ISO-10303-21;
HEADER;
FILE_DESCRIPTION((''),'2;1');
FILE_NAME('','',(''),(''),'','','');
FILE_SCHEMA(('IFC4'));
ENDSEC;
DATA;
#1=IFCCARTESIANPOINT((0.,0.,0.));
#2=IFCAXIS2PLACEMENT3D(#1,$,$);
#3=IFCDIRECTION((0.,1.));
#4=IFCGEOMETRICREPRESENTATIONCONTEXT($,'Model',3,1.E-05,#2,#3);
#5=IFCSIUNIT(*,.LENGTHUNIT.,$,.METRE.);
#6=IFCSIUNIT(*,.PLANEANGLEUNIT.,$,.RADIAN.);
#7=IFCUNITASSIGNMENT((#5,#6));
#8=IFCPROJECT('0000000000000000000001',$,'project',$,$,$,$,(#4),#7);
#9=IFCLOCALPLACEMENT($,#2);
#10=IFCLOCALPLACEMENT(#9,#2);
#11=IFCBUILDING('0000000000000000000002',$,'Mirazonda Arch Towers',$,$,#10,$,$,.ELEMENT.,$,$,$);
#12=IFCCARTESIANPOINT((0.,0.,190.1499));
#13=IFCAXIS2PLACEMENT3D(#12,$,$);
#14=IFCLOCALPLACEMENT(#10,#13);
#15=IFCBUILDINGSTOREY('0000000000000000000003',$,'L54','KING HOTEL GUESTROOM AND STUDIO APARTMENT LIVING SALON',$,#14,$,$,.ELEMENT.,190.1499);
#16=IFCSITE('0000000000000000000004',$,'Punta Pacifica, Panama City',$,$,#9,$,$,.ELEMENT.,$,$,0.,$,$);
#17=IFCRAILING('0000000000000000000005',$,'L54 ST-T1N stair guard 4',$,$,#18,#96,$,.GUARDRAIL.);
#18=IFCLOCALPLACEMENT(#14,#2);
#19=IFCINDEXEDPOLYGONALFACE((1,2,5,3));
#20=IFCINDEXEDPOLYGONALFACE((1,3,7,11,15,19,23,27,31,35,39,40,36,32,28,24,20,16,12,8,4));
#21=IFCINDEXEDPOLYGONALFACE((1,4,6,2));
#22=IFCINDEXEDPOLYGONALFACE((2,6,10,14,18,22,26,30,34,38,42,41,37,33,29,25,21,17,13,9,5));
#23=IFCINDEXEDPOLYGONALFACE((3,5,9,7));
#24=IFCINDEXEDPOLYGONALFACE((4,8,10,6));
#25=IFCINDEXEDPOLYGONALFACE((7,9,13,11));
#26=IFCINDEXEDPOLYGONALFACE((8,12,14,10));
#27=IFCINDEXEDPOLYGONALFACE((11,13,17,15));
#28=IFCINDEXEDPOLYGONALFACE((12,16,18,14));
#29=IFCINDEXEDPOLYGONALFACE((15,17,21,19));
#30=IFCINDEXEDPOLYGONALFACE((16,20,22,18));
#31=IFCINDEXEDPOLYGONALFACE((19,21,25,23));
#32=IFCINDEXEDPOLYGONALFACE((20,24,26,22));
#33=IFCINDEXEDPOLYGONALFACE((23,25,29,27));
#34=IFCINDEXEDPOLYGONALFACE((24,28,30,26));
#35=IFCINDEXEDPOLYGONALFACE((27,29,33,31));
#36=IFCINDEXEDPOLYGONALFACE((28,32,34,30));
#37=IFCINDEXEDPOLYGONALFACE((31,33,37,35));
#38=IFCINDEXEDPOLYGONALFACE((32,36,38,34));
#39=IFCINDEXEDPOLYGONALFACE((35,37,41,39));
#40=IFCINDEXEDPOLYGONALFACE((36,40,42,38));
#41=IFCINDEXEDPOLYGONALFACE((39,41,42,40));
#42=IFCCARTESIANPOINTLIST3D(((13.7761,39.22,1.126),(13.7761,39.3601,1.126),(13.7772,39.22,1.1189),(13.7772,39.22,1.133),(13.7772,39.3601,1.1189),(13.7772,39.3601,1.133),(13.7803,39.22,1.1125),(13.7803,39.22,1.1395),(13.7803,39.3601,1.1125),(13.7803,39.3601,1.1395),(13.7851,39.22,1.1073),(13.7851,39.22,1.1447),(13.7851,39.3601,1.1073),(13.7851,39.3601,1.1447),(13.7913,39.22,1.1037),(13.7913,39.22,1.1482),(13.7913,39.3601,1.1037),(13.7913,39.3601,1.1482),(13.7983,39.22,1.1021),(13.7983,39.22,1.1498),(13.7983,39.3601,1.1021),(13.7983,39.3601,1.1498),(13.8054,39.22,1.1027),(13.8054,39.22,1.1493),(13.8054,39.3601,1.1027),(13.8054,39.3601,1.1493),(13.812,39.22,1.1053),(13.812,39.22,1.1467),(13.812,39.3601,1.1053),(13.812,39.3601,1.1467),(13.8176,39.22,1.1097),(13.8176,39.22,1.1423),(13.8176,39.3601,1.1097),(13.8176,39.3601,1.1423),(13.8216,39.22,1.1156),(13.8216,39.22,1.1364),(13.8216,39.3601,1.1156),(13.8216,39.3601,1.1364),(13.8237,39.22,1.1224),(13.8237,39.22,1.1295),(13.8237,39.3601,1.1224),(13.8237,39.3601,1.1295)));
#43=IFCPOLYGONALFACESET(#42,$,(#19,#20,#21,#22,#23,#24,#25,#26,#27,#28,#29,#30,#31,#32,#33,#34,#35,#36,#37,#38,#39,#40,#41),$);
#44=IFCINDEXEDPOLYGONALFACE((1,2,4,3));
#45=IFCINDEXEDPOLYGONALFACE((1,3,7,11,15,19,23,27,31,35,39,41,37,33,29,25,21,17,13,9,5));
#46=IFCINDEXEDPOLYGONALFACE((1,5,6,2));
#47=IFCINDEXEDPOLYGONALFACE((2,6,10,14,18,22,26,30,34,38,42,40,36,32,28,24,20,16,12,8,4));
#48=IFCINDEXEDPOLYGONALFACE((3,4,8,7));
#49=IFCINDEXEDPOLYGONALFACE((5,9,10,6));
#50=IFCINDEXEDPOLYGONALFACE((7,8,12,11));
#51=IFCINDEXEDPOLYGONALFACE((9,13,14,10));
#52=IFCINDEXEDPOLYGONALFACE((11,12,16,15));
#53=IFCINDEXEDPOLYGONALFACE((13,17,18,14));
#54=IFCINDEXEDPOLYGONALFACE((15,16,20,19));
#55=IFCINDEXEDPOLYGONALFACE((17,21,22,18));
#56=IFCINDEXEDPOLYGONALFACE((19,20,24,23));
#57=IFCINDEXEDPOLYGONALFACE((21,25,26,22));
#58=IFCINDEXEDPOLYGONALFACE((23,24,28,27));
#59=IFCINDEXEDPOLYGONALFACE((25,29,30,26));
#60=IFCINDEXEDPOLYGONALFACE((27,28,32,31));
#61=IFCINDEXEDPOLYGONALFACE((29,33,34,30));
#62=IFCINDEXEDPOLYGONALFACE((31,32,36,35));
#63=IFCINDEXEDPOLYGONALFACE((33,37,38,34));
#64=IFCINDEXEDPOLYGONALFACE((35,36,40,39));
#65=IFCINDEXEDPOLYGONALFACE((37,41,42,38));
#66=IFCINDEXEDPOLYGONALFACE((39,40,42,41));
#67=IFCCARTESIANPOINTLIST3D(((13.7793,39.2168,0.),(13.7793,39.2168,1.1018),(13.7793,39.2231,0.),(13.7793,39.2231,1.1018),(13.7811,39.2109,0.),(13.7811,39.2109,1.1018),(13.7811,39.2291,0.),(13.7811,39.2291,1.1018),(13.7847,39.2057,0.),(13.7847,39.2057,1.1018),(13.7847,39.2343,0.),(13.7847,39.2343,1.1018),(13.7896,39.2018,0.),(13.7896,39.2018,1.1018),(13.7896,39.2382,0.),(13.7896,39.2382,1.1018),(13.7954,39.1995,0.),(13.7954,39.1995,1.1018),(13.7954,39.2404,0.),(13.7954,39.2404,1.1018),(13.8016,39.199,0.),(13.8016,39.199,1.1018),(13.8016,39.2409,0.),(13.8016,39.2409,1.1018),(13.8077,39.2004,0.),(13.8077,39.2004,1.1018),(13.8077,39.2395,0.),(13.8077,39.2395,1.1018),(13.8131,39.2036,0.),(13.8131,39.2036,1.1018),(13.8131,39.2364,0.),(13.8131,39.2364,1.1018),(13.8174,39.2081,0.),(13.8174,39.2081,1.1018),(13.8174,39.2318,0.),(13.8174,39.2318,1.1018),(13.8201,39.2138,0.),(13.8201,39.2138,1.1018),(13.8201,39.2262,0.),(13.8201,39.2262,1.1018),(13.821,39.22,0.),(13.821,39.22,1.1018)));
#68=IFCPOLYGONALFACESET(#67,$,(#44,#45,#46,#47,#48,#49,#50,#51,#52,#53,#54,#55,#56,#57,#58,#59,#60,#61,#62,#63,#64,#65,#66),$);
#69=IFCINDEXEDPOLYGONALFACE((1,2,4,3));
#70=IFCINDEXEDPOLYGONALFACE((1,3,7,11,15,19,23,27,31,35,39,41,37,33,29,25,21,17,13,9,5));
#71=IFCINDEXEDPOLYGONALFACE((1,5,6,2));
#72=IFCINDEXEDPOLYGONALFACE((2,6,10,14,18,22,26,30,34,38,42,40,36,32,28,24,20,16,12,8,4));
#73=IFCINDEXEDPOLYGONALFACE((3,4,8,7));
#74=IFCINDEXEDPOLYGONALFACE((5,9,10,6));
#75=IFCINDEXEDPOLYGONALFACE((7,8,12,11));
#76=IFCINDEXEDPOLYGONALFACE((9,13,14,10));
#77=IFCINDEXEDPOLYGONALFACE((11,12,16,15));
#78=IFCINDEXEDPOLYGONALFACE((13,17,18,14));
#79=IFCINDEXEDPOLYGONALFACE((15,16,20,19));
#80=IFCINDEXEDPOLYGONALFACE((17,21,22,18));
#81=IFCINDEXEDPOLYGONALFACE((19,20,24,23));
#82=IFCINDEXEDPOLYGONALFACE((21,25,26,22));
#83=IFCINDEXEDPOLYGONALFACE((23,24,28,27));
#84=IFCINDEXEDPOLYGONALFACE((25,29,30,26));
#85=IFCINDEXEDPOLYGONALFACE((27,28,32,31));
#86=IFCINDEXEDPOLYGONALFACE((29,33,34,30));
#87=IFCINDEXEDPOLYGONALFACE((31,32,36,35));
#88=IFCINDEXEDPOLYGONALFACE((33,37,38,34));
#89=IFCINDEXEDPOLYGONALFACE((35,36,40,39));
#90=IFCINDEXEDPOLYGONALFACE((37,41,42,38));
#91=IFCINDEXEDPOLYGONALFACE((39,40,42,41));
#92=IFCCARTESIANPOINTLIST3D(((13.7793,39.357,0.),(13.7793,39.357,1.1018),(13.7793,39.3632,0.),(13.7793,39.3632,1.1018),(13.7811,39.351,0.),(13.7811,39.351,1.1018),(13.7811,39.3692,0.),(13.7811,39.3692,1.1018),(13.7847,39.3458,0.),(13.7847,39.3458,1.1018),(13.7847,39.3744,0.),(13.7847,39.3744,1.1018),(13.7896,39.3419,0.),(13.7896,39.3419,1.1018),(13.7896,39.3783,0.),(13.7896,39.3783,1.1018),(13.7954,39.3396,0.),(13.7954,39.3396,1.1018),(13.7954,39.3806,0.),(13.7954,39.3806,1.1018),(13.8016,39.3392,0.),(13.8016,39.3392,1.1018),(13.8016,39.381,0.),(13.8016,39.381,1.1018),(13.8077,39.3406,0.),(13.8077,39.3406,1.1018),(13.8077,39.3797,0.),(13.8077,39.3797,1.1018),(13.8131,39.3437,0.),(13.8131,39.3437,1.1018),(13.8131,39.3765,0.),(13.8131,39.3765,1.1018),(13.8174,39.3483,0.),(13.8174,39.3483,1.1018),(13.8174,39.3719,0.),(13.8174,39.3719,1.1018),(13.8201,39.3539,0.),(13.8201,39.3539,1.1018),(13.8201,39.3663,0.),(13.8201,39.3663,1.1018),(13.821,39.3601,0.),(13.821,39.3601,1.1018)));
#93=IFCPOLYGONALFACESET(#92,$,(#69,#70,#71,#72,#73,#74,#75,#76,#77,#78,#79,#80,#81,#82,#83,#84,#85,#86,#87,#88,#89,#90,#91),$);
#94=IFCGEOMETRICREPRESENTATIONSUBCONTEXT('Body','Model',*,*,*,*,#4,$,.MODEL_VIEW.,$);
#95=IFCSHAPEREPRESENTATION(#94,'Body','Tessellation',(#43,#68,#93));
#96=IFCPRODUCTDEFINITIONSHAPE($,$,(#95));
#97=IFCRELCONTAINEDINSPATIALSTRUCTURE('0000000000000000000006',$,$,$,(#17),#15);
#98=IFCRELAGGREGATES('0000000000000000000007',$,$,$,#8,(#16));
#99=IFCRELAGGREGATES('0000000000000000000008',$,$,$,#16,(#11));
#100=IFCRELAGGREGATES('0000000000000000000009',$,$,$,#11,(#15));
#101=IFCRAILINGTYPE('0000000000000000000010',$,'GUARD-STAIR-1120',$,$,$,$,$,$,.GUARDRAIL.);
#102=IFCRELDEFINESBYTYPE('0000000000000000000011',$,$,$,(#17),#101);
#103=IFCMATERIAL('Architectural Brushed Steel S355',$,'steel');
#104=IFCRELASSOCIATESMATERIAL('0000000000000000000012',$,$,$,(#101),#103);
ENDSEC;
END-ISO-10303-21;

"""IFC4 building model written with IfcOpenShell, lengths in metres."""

from ifc_helpers import new_model, si_unit, direction, frame, origin, origin_2d, place, context, subcontext, project, spatial, circle, extrude, material, type_object, element, save


model = new_model("IFC4")

# Units and contexts
model_context = context("Model", 3, precision=1e-05, world=origin(), true_north=direction((0.0, 1.0)))
body_context = subcontext(model_context, "Body", "Model", "MODEL_VIEW")
ifc_project = project(units=[si_unit("LENGTHUNIT", "METRE"), si_unit("PLANEANGLEUNIT", "RADIAN")], contexts=[model_context])

# Site, building, storey
site_placement = place(None, origin())
site = spatial("IfcSite", under=ifc_project, at=site_placement, Name="Punta Pacifica, Panama City", CompositionType="ELEMENT", RefElevation=0.0)
building_placement = place(site_placement, origin())
building = spatial("IfcBuilding", under=site, at=building_placement, Name="Mirazonda Arch Towers", CompositionType="ELEMENT")
storey_placement = place(building_placement, frame((0.0, 0.0, 190.1499)))
storey = spatial("IfcBuildingStorey", under=building, at=storey_placement, Name="L54", Description="KING HOTEL GUESTROOM AND STUDIO APARTMENT LIVING SALON", CompositionType="ELEMENT", Elevation=190.1499)

# Shared definitions
ifc_material_1 = material(Name="Architectural Brushed Steel S355", Category="steel")

# Railing
railing_type_1 = type_object("IfcRailingType", Name="GUARD-STAIR-1120", PredefinedType="GUARDRAIL", material=ifc_material_1)
railing_1_placement = place(storey_placement, frame((13.8, 39.22, 0.0)))
element("IfcRailing", 1, at=railing_1_placement, inside=storey, type_object=railing_type_1, Name="L54 ST-T1N stair guard 4", PredefinedType="GUARDRAIL", context=body_context, shape_type="SweptSolid", body=[
    extrude(circle(Radius=0.0239, at=origin_2d()), frame((0.0, 0.0, 1.126), z_axis=(0.0, 1.0, 0.0), x_axis=(-1.0, 0.0, 0.0)), (0.0, 0.0, 1.0), 0.1401),
    extrude(circle(Radius=0.021, at=origin_2d()), origin(), (0.0, 0.0, 1.0), 1.1018),
    extrude(circle(Radius=0.021, at=origin_2d()), frame((0.0, 0.1401, 0.0)), (0.0, 0.0, 1.0), 1.1018),
])

save(model, "model.ifc")
